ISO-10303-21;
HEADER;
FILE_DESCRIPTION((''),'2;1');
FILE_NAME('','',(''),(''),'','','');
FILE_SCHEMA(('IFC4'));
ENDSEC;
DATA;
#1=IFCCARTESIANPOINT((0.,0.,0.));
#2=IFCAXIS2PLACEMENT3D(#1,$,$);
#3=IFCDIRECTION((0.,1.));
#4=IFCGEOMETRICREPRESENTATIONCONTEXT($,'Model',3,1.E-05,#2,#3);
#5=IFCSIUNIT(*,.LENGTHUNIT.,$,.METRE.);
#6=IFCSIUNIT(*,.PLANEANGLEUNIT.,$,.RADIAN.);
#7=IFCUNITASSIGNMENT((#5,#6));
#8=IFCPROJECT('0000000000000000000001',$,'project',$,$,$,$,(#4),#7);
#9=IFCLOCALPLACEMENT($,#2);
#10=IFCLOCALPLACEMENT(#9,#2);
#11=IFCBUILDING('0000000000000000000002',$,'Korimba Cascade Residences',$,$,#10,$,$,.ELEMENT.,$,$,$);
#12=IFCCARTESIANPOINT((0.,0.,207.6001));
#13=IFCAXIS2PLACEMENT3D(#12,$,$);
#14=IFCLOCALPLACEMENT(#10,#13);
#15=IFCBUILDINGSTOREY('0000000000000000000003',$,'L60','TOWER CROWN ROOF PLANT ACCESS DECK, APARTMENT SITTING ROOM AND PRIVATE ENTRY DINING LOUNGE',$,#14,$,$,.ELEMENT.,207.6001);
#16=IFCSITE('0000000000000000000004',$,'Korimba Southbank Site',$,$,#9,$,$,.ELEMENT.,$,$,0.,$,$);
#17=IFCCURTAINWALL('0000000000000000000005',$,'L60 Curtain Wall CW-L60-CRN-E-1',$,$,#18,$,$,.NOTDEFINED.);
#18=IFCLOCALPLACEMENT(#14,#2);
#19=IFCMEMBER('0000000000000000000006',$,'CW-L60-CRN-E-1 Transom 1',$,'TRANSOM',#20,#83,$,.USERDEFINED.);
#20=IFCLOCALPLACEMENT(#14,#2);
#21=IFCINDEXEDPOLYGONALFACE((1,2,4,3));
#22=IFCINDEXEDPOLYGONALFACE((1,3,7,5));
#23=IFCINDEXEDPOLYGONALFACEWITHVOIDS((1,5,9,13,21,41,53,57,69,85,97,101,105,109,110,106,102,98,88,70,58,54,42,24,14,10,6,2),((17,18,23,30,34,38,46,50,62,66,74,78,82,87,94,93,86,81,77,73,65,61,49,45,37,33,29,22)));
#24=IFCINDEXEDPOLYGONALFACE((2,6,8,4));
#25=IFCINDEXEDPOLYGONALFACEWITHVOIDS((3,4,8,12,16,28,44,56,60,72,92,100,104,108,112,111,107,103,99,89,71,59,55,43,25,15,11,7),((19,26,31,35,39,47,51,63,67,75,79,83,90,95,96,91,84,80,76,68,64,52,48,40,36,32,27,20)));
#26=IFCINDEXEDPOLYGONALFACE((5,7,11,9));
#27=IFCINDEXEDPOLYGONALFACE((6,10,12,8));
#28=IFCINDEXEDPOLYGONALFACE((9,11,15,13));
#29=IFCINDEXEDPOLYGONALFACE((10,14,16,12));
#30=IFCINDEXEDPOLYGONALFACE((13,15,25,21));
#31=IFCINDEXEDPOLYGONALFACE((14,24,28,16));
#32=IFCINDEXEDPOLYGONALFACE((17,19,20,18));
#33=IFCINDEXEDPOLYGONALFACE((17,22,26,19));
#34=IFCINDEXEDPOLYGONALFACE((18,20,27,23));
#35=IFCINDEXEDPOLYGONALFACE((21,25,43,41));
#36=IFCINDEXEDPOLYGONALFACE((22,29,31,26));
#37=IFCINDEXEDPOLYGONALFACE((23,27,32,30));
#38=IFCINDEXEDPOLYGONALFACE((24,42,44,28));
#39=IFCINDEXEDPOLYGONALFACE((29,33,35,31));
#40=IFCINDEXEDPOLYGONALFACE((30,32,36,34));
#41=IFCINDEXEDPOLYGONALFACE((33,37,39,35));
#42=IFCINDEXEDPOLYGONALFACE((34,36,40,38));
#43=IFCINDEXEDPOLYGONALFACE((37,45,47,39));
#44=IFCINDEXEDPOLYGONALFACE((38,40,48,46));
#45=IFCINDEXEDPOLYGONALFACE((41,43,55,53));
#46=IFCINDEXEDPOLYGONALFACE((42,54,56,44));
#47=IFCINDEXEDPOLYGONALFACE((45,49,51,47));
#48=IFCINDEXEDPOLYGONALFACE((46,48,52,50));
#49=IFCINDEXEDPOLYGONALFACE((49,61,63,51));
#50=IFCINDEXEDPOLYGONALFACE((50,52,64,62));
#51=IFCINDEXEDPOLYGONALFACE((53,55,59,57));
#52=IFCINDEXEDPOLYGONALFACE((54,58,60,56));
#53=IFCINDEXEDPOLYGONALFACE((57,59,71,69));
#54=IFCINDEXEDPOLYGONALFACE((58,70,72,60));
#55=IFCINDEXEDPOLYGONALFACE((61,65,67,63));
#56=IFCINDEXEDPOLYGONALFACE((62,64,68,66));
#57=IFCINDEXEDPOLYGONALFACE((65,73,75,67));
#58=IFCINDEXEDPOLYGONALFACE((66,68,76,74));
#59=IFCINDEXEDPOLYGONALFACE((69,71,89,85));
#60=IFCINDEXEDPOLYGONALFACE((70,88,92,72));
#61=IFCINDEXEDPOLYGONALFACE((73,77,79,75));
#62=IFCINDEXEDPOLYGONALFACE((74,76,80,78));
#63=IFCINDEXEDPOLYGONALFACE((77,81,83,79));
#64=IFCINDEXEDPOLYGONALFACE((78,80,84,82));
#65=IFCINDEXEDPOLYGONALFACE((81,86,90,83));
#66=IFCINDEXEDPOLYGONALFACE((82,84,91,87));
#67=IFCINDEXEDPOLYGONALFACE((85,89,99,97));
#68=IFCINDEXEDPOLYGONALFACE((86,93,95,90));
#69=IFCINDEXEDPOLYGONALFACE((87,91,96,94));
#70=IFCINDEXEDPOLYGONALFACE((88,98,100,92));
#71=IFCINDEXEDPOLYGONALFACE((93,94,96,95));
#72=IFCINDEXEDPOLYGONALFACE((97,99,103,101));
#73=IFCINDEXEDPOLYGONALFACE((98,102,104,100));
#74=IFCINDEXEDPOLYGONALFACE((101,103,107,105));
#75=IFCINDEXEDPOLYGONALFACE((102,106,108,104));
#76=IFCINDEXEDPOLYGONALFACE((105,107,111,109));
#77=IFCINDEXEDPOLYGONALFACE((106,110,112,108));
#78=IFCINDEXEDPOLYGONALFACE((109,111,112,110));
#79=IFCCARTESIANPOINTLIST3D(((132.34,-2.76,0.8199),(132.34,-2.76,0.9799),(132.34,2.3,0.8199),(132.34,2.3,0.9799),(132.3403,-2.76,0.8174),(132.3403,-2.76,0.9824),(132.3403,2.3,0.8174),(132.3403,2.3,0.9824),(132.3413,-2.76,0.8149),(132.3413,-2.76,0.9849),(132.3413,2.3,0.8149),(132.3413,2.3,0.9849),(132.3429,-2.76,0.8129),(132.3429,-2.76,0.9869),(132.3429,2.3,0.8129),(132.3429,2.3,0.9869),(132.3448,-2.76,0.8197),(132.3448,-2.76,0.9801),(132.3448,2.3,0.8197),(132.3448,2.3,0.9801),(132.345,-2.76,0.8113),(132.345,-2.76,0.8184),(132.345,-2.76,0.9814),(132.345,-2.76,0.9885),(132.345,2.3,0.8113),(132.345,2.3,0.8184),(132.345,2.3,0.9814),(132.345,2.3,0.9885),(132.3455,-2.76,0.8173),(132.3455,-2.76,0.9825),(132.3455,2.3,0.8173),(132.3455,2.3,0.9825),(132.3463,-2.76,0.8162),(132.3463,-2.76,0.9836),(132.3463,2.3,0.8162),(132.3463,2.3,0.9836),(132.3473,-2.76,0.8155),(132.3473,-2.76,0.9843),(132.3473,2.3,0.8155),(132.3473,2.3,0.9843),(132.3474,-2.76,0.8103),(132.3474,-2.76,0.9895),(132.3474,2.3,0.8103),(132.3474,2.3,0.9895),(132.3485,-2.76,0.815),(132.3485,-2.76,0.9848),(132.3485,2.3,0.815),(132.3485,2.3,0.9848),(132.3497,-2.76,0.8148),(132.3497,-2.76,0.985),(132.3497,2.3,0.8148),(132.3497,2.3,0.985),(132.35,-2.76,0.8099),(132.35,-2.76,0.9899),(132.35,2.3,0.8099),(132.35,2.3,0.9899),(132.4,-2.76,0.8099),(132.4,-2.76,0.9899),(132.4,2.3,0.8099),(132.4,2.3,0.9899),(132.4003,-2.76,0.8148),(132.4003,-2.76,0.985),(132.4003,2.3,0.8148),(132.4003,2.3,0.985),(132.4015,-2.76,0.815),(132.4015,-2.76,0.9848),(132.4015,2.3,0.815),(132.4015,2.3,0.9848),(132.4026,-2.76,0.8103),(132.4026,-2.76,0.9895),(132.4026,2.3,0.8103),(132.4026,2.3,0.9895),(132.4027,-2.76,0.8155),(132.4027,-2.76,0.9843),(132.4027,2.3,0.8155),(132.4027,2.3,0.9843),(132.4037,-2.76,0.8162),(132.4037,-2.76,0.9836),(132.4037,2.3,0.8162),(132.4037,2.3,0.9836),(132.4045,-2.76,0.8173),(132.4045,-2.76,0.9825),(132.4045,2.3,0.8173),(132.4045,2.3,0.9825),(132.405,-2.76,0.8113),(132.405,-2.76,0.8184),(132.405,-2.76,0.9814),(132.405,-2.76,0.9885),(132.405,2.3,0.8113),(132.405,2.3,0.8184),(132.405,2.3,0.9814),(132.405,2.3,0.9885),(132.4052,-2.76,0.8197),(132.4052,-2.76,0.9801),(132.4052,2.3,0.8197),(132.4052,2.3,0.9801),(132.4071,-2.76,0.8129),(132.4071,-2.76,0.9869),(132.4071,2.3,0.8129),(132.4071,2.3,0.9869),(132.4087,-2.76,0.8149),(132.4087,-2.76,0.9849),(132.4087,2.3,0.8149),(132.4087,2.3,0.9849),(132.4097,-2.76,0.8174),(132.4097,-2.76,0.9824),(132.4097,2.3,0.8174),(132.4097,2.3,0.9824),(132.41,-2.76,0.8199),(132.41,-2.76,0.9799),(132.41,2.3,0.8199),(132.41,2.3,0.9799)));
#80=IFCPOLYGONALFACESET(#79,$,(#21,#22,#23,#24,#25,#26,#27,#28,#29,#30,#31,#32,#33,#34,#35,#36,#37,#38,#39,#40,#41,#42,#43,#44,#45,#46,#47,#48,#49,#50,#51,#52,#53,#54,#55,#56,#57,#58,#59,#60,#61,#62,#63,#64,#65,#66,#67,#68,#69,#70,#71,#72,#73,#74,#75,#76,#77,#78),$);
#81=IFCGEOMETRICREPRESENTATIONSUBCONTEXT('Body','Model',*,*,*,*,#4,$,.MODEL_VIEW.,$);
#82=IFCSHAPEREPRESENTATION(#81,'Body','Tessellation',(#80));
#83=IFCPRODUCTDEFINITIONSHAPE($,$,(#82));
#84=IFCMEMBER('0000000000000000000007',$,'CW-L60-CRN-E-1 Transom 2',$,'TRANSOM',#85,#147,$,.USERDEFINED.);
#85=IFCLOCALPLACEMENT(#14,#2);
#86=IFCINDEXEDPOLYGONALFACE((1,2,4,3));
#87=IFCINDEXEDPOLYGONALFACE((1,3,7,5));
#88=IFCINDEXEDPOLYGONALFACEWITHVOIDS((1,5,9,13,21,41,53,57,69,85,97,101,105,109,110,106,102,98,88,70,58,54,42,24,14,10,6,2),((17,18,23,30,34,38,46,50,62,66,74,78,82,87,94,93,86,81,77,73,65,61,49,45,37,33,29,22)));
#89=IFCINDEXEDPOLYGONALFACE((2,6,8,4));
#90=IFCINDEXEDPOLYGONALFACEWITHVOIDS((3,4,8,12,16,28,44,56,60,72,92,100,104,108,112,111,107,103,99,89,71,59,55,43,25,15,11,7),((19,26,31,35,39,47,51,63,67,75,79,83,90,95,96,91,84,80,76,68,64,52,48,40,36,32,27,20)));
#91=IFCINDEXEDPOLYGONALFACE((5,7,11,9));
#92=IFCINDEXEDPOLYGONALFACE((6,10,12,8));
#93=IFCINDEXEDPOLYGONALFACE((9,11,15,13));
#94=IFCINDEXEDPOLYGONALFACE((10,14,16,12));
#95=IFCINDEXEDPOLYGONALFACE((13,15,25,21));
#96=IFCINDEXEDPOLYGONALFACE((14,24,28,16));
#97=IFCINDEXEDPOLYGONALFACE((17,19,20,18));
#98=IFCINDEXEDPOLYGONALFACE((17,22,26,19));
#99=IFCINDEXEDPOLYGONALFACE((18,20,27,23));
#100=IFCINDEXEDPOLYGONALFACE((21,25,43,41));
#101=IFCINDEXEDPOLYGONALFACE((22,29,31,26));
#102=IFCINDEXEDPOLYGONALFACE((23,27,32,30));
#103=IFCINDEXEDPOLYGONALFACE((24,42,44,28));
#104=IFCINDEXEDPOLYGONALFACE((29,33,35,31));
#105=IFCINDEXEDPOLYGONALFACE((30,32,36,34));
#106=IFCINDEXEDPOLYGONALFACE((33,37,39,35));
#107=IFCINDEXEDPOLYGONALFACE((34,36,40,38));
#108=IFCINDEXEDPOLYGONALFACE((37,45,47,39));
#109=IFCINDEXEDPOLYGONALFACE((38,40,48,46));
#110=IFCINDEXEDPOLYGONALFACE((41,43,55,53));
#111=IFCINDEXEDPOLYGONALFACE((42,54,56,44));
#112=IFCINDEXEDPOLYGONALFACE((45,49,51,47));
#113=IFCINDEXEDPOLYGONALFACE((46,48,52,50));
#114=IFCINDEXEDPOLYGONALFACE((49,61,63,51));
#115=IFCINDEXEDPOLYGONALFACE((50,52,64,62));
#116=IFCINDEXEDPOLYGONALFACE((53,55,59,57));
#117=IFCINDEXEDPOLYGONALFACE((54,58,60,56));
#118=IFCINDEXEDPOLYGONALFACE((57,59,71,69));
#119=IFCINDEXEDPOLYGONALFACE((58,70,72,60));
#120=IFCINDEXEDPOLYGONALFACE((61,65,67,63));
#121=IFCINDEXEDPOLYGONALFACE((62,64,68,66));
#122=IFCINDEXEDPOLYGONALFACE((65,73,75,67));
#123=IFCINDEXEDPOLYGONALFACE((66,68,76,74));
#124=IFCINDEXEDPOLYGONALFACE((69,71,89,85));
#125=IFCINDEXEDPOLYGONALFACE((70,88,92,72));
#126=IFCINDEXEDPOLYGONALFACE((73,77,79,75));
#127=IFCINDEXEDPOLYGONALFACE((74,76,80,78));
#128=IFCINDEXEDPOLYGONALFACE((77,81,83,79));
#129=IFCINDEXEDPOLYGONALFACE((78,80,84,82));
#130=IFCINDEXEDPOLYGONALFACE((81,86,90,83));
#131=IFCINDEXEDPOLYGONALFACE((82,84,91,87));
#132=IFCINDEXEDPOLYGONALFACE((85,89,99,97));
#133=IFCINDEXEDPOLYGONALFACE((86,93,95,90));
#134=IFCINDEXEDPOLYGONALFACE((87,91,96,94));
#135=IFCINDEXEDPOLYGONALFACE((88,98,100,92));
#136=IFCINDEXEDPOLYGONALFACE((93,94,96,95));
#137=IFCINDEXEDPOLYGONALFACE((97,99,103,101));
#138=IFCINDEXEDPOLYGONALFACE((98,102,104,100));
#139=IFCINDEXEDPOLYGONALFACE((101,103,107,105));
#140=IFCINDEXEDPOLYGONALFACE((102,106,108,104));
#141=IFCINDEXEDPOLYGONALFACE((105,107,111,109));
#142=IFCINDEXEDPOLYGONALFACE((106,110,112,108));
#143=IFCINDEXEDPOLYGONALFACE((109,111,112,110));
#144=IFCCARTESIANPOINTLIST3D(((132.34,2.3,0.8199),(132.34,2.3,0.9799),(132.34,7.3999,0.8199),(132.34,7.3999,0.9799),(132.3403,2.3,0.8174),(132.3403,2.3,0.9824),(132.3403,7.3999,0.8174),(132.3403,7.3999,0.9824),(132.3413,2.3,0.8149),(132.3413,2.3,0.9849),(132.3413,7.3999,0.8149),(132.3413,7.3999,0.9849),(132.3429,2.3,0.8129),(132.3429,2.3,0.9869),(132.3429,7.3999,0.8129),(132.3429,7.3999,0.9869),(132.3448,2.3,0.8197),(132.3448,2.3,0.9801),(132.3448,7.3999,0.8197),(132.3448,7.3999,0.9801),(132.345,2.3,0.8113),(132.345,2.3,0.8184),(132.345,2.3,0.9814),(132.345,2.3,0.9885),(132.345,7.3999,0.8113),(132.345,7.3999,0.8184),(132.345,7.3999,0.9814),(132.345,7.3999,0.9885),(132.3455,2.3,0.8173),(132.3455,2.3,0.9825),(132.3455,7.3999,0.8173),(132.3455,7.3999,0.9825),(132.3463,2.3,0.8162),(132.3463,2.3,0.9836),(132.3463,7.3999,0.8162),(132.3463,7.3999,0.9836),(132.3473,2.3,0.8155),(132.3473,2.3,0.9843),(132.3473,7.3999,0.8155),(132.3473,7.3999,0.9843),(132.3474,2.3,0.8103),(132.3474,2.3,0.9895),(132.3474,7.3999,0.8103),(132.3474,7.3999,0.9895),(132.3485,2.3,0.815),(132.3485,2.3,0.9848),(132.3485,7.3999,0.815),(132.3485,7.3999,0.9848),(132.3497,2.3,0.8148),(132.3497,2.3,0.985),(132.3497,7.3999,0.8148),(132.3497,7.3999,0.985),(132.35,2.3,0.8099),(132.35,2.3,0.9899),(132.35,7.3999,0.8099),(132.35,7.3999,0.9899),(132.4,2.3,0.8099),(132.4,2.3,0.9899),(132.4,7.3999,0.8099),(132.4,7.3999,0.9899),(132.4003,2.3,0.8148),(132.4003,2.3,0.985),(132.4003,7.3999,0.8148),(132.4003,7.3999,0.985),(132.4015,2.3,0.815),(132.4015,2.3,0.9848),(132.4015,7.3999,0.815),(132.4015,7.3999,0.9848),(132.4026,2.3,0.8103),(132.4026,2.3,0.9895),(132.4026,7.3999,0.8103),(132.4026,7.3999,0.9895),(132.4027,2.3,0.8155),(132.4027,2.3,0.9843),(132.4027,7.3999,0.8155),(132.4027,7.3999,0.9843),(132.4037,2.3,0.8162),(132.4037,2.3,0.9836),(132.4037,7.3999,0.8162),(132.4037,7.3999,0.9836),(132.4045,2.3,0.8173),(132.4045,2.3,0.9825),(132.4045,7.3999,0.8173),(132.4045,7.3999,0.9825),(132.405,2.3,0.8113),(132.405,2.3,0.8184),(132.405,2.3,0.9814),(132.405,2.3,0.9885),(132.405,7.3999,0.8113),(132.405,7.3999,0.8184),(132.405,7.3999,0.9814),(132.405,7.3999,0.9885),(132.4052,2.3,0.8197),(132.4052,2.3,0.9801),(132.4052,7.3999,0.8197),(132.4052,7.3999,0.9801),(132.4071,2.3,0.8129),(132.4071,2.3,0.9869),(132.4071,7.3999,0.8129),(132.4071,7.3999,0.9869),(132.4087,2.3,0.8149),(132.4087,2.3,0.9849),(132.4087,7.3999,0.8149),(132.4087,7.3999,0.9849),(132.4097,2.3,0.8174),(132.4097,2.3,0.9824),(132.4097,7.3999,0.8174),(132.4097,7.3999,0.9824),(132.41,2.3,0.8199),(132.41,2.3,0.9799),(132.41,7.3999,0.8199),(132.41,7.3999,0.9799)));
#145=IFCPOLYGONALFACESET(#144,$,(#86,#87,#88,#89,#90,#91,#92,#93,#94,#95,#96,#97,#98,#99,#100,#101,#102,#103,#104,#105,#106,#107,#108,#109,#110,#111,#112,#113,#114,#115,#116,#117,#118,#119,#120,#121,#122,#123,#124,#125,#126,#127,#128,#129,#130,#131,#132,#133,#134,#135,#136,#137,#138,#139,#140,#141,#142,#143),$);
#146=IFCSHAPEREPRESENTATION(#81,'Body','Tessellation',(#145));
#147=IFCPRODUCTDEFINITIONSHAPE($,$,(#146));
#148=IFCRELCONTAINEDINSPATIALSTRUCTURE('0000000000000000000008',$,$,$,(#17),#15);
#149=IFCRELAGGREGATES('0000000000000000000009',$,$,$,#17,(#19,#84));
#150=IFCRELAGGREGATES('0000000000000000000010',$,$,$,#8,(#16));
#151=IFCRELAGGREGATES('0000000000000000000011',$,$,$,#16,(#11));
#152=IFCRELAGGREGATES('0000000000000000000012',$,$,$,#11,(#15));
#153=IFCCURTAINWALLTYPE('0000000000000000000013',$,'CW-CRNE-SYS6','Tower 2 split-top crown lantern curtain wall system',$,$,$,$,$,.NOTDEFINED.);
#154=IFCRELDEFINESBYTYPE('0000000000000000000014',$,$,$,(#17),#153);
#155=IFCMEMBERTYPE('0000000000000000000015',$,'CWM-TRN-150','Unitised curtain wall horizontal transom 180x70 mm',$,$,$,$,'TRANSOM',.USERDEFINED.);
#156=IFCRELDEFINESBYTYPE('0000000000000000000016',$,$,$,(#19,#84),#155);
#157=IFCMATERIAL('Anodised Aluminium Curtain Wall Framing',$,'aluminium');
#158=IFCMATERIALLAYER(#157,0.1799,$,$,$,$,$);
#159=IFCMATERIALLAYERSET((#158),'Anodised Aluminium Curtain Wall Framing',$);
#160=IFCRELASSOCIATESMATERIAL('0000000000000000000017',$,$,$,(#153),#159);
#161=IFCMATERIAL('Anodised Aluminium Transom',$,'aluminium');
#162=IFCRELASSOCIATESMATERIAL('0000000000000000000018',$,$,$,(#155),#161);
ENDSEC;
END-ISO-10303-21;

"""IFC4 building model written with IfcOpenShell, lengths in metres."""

from ifc_helpers import new_model, si_unit, direction, frame, origin, origin_2d, place, context, subcontext, project, spatial, hollow_rectangle, extrude, material, layer, layer_set, material_profile, profile_set, type_object, element, aggregate, save


model = new_model("IFC4")

# Units and contexts
model_context = context("Model", 3, precision=1e-05, world=origin(), true_north=direction((0.0, 1.0)))
body_context = subcontext(model_context, "Body", "Model", "MODEL_VIEW")
ifc_project = project(units=[si_unit("LENGTHUNIT", "METRE"), si_unit("PLANEANGLEUNIT", "RADIAN")], contexts=[model_context])

# Site, building, storey
site_placement = place(None, origin())
site = spatial("IfcSite", under=ifc_project, at=site_placement, Name="Korimba Southbank Site", CompositionType="ELEMENT", RefElevation=0.0)
building_placement = place(site_placement, origin())
building = spatial("IfcBuilding", under=site, at=building_placement, Name="Korimba Cascade Residences", CompositionType="ELEMENT")
storey_placement = place(building_placement, frame((0.0, 0.0, 207.6001)))
storey = spatial("IfcBuildingStorey", under=building, at=storey_placement, Name="L60", Description="TOWER CROWN ROOF PLANT ACCESS DECK, APARTMENT SITTING ROOM AND PRIVATE ENTRY DINING LOUNGE", CompositionType="ELEMENT", Elevation=207.6001)

# Curtain wall
ifc_material_1 = material(Name="Anodised Aluminium Curtain Wall Framing", Category="aluminium")
ifc_layer_1 = layer(ifc_material_1, 0.1799)
ifc_layer_set_1 = layer_set([ifc_layer_1], Name="Anodised Aluminium Curtain Wall Framing")
curtain_wall_type = type_object("IfcCurtainWallType", Name="CW-CRNE-SYS6", Description="Tower 2 split-top crown lantern curtain wall system", PredefinedType="NOTDEFINED", material=ifc_layer_set_1)
curtain_wall_1_placement = place(storey_placement, origin())
curtain_wall_1 = element("IfcCurtainWall", 1, at=curtain_wall_1_placement, inside=storey, type_object=curtain_wall_type, Name="L60 Curtain Wall CW-L60-CRN-E-1", PredefinedType="NOTDEFINED")

# Members
ifc_material_2 = material(Name="Anodised Aluminium Transom", Category="aluminium")
ifc_material_profile_1 = material_profile(ifc_material_2, hollow_rectangle(XDim=0.0701, YDim=0.1799, WallThickness=0.0049, InnerFilletRadius=0.0049, OuterFilletRadius=0.01, at=origin_2d()), Name="Anodised Aluminium Transom")
ifc_profile_set_1 = profile_set([ifc_material_profile_1], Name="Anodised Aluminium Transom")
member_type_1 = type_object("IfcMemberType", Name="CWM-TRN-150", Description="Unitised curtain wall horizontal transom 180x70 mm", ElementType="TRANSOM", PredefinedType="USERDEFINED", material=ifc_profile_set_1)
member_1_placement = place(storey_placement, frame((132.375, -2.76, 0.8999), z_axis=(0.0, 1.0, 0.0), x_axis=(-1.0, 0.0, 0.0)))
member_1 = element("IfcMember", 2, at=member_1_placement, type_object=member_type_1, Name="CW-L60-CRN-E-1 Transom 1", ObjectType="TRANSOM", PredefinedType="USERDEFINED", context=body_context, shape_type="SweptSolid", body=[
    extrude(hollow_rectangle(XDim=0.0701, YDim=0.1799, WallThickness=0.0049, InnerFilletRadius=0.0049, OuterFilletRadius=0.01, at=origin_2d()), origin(), (0.0, 0.0, 1.0), 5.0601),
])
member_2_placement = place(storey_placement, frame((132.375, 2.3, 0.8999), z_axis=(0.0, 1.0, 0.0), x_axis=(-1.0, 0.0, 0.0)))
member_2 = element("IfcMember", 3, at=member_2_placement, type_object=member_type_1, Name="CW-L60-CRN-E-1 Transom 2", ObjectType="TRANSOM", PredefinedType="USERDEFINED", context=body_context, shape_type="SweptSolid", body=[
    extrude(hollow_rectangle(XDim=0.0701, YDim=0.1799, WallThickness=0.0049, InnerFilletRadius=0.0049, OuterFilletRadius=0.01, at=origin_2d()), origin(), (0.0, 0.0, 1.0), 5.0999),
])

aggregate(curtain_wall_1, [member_1, member_2])

save(model, "model.ifc")
